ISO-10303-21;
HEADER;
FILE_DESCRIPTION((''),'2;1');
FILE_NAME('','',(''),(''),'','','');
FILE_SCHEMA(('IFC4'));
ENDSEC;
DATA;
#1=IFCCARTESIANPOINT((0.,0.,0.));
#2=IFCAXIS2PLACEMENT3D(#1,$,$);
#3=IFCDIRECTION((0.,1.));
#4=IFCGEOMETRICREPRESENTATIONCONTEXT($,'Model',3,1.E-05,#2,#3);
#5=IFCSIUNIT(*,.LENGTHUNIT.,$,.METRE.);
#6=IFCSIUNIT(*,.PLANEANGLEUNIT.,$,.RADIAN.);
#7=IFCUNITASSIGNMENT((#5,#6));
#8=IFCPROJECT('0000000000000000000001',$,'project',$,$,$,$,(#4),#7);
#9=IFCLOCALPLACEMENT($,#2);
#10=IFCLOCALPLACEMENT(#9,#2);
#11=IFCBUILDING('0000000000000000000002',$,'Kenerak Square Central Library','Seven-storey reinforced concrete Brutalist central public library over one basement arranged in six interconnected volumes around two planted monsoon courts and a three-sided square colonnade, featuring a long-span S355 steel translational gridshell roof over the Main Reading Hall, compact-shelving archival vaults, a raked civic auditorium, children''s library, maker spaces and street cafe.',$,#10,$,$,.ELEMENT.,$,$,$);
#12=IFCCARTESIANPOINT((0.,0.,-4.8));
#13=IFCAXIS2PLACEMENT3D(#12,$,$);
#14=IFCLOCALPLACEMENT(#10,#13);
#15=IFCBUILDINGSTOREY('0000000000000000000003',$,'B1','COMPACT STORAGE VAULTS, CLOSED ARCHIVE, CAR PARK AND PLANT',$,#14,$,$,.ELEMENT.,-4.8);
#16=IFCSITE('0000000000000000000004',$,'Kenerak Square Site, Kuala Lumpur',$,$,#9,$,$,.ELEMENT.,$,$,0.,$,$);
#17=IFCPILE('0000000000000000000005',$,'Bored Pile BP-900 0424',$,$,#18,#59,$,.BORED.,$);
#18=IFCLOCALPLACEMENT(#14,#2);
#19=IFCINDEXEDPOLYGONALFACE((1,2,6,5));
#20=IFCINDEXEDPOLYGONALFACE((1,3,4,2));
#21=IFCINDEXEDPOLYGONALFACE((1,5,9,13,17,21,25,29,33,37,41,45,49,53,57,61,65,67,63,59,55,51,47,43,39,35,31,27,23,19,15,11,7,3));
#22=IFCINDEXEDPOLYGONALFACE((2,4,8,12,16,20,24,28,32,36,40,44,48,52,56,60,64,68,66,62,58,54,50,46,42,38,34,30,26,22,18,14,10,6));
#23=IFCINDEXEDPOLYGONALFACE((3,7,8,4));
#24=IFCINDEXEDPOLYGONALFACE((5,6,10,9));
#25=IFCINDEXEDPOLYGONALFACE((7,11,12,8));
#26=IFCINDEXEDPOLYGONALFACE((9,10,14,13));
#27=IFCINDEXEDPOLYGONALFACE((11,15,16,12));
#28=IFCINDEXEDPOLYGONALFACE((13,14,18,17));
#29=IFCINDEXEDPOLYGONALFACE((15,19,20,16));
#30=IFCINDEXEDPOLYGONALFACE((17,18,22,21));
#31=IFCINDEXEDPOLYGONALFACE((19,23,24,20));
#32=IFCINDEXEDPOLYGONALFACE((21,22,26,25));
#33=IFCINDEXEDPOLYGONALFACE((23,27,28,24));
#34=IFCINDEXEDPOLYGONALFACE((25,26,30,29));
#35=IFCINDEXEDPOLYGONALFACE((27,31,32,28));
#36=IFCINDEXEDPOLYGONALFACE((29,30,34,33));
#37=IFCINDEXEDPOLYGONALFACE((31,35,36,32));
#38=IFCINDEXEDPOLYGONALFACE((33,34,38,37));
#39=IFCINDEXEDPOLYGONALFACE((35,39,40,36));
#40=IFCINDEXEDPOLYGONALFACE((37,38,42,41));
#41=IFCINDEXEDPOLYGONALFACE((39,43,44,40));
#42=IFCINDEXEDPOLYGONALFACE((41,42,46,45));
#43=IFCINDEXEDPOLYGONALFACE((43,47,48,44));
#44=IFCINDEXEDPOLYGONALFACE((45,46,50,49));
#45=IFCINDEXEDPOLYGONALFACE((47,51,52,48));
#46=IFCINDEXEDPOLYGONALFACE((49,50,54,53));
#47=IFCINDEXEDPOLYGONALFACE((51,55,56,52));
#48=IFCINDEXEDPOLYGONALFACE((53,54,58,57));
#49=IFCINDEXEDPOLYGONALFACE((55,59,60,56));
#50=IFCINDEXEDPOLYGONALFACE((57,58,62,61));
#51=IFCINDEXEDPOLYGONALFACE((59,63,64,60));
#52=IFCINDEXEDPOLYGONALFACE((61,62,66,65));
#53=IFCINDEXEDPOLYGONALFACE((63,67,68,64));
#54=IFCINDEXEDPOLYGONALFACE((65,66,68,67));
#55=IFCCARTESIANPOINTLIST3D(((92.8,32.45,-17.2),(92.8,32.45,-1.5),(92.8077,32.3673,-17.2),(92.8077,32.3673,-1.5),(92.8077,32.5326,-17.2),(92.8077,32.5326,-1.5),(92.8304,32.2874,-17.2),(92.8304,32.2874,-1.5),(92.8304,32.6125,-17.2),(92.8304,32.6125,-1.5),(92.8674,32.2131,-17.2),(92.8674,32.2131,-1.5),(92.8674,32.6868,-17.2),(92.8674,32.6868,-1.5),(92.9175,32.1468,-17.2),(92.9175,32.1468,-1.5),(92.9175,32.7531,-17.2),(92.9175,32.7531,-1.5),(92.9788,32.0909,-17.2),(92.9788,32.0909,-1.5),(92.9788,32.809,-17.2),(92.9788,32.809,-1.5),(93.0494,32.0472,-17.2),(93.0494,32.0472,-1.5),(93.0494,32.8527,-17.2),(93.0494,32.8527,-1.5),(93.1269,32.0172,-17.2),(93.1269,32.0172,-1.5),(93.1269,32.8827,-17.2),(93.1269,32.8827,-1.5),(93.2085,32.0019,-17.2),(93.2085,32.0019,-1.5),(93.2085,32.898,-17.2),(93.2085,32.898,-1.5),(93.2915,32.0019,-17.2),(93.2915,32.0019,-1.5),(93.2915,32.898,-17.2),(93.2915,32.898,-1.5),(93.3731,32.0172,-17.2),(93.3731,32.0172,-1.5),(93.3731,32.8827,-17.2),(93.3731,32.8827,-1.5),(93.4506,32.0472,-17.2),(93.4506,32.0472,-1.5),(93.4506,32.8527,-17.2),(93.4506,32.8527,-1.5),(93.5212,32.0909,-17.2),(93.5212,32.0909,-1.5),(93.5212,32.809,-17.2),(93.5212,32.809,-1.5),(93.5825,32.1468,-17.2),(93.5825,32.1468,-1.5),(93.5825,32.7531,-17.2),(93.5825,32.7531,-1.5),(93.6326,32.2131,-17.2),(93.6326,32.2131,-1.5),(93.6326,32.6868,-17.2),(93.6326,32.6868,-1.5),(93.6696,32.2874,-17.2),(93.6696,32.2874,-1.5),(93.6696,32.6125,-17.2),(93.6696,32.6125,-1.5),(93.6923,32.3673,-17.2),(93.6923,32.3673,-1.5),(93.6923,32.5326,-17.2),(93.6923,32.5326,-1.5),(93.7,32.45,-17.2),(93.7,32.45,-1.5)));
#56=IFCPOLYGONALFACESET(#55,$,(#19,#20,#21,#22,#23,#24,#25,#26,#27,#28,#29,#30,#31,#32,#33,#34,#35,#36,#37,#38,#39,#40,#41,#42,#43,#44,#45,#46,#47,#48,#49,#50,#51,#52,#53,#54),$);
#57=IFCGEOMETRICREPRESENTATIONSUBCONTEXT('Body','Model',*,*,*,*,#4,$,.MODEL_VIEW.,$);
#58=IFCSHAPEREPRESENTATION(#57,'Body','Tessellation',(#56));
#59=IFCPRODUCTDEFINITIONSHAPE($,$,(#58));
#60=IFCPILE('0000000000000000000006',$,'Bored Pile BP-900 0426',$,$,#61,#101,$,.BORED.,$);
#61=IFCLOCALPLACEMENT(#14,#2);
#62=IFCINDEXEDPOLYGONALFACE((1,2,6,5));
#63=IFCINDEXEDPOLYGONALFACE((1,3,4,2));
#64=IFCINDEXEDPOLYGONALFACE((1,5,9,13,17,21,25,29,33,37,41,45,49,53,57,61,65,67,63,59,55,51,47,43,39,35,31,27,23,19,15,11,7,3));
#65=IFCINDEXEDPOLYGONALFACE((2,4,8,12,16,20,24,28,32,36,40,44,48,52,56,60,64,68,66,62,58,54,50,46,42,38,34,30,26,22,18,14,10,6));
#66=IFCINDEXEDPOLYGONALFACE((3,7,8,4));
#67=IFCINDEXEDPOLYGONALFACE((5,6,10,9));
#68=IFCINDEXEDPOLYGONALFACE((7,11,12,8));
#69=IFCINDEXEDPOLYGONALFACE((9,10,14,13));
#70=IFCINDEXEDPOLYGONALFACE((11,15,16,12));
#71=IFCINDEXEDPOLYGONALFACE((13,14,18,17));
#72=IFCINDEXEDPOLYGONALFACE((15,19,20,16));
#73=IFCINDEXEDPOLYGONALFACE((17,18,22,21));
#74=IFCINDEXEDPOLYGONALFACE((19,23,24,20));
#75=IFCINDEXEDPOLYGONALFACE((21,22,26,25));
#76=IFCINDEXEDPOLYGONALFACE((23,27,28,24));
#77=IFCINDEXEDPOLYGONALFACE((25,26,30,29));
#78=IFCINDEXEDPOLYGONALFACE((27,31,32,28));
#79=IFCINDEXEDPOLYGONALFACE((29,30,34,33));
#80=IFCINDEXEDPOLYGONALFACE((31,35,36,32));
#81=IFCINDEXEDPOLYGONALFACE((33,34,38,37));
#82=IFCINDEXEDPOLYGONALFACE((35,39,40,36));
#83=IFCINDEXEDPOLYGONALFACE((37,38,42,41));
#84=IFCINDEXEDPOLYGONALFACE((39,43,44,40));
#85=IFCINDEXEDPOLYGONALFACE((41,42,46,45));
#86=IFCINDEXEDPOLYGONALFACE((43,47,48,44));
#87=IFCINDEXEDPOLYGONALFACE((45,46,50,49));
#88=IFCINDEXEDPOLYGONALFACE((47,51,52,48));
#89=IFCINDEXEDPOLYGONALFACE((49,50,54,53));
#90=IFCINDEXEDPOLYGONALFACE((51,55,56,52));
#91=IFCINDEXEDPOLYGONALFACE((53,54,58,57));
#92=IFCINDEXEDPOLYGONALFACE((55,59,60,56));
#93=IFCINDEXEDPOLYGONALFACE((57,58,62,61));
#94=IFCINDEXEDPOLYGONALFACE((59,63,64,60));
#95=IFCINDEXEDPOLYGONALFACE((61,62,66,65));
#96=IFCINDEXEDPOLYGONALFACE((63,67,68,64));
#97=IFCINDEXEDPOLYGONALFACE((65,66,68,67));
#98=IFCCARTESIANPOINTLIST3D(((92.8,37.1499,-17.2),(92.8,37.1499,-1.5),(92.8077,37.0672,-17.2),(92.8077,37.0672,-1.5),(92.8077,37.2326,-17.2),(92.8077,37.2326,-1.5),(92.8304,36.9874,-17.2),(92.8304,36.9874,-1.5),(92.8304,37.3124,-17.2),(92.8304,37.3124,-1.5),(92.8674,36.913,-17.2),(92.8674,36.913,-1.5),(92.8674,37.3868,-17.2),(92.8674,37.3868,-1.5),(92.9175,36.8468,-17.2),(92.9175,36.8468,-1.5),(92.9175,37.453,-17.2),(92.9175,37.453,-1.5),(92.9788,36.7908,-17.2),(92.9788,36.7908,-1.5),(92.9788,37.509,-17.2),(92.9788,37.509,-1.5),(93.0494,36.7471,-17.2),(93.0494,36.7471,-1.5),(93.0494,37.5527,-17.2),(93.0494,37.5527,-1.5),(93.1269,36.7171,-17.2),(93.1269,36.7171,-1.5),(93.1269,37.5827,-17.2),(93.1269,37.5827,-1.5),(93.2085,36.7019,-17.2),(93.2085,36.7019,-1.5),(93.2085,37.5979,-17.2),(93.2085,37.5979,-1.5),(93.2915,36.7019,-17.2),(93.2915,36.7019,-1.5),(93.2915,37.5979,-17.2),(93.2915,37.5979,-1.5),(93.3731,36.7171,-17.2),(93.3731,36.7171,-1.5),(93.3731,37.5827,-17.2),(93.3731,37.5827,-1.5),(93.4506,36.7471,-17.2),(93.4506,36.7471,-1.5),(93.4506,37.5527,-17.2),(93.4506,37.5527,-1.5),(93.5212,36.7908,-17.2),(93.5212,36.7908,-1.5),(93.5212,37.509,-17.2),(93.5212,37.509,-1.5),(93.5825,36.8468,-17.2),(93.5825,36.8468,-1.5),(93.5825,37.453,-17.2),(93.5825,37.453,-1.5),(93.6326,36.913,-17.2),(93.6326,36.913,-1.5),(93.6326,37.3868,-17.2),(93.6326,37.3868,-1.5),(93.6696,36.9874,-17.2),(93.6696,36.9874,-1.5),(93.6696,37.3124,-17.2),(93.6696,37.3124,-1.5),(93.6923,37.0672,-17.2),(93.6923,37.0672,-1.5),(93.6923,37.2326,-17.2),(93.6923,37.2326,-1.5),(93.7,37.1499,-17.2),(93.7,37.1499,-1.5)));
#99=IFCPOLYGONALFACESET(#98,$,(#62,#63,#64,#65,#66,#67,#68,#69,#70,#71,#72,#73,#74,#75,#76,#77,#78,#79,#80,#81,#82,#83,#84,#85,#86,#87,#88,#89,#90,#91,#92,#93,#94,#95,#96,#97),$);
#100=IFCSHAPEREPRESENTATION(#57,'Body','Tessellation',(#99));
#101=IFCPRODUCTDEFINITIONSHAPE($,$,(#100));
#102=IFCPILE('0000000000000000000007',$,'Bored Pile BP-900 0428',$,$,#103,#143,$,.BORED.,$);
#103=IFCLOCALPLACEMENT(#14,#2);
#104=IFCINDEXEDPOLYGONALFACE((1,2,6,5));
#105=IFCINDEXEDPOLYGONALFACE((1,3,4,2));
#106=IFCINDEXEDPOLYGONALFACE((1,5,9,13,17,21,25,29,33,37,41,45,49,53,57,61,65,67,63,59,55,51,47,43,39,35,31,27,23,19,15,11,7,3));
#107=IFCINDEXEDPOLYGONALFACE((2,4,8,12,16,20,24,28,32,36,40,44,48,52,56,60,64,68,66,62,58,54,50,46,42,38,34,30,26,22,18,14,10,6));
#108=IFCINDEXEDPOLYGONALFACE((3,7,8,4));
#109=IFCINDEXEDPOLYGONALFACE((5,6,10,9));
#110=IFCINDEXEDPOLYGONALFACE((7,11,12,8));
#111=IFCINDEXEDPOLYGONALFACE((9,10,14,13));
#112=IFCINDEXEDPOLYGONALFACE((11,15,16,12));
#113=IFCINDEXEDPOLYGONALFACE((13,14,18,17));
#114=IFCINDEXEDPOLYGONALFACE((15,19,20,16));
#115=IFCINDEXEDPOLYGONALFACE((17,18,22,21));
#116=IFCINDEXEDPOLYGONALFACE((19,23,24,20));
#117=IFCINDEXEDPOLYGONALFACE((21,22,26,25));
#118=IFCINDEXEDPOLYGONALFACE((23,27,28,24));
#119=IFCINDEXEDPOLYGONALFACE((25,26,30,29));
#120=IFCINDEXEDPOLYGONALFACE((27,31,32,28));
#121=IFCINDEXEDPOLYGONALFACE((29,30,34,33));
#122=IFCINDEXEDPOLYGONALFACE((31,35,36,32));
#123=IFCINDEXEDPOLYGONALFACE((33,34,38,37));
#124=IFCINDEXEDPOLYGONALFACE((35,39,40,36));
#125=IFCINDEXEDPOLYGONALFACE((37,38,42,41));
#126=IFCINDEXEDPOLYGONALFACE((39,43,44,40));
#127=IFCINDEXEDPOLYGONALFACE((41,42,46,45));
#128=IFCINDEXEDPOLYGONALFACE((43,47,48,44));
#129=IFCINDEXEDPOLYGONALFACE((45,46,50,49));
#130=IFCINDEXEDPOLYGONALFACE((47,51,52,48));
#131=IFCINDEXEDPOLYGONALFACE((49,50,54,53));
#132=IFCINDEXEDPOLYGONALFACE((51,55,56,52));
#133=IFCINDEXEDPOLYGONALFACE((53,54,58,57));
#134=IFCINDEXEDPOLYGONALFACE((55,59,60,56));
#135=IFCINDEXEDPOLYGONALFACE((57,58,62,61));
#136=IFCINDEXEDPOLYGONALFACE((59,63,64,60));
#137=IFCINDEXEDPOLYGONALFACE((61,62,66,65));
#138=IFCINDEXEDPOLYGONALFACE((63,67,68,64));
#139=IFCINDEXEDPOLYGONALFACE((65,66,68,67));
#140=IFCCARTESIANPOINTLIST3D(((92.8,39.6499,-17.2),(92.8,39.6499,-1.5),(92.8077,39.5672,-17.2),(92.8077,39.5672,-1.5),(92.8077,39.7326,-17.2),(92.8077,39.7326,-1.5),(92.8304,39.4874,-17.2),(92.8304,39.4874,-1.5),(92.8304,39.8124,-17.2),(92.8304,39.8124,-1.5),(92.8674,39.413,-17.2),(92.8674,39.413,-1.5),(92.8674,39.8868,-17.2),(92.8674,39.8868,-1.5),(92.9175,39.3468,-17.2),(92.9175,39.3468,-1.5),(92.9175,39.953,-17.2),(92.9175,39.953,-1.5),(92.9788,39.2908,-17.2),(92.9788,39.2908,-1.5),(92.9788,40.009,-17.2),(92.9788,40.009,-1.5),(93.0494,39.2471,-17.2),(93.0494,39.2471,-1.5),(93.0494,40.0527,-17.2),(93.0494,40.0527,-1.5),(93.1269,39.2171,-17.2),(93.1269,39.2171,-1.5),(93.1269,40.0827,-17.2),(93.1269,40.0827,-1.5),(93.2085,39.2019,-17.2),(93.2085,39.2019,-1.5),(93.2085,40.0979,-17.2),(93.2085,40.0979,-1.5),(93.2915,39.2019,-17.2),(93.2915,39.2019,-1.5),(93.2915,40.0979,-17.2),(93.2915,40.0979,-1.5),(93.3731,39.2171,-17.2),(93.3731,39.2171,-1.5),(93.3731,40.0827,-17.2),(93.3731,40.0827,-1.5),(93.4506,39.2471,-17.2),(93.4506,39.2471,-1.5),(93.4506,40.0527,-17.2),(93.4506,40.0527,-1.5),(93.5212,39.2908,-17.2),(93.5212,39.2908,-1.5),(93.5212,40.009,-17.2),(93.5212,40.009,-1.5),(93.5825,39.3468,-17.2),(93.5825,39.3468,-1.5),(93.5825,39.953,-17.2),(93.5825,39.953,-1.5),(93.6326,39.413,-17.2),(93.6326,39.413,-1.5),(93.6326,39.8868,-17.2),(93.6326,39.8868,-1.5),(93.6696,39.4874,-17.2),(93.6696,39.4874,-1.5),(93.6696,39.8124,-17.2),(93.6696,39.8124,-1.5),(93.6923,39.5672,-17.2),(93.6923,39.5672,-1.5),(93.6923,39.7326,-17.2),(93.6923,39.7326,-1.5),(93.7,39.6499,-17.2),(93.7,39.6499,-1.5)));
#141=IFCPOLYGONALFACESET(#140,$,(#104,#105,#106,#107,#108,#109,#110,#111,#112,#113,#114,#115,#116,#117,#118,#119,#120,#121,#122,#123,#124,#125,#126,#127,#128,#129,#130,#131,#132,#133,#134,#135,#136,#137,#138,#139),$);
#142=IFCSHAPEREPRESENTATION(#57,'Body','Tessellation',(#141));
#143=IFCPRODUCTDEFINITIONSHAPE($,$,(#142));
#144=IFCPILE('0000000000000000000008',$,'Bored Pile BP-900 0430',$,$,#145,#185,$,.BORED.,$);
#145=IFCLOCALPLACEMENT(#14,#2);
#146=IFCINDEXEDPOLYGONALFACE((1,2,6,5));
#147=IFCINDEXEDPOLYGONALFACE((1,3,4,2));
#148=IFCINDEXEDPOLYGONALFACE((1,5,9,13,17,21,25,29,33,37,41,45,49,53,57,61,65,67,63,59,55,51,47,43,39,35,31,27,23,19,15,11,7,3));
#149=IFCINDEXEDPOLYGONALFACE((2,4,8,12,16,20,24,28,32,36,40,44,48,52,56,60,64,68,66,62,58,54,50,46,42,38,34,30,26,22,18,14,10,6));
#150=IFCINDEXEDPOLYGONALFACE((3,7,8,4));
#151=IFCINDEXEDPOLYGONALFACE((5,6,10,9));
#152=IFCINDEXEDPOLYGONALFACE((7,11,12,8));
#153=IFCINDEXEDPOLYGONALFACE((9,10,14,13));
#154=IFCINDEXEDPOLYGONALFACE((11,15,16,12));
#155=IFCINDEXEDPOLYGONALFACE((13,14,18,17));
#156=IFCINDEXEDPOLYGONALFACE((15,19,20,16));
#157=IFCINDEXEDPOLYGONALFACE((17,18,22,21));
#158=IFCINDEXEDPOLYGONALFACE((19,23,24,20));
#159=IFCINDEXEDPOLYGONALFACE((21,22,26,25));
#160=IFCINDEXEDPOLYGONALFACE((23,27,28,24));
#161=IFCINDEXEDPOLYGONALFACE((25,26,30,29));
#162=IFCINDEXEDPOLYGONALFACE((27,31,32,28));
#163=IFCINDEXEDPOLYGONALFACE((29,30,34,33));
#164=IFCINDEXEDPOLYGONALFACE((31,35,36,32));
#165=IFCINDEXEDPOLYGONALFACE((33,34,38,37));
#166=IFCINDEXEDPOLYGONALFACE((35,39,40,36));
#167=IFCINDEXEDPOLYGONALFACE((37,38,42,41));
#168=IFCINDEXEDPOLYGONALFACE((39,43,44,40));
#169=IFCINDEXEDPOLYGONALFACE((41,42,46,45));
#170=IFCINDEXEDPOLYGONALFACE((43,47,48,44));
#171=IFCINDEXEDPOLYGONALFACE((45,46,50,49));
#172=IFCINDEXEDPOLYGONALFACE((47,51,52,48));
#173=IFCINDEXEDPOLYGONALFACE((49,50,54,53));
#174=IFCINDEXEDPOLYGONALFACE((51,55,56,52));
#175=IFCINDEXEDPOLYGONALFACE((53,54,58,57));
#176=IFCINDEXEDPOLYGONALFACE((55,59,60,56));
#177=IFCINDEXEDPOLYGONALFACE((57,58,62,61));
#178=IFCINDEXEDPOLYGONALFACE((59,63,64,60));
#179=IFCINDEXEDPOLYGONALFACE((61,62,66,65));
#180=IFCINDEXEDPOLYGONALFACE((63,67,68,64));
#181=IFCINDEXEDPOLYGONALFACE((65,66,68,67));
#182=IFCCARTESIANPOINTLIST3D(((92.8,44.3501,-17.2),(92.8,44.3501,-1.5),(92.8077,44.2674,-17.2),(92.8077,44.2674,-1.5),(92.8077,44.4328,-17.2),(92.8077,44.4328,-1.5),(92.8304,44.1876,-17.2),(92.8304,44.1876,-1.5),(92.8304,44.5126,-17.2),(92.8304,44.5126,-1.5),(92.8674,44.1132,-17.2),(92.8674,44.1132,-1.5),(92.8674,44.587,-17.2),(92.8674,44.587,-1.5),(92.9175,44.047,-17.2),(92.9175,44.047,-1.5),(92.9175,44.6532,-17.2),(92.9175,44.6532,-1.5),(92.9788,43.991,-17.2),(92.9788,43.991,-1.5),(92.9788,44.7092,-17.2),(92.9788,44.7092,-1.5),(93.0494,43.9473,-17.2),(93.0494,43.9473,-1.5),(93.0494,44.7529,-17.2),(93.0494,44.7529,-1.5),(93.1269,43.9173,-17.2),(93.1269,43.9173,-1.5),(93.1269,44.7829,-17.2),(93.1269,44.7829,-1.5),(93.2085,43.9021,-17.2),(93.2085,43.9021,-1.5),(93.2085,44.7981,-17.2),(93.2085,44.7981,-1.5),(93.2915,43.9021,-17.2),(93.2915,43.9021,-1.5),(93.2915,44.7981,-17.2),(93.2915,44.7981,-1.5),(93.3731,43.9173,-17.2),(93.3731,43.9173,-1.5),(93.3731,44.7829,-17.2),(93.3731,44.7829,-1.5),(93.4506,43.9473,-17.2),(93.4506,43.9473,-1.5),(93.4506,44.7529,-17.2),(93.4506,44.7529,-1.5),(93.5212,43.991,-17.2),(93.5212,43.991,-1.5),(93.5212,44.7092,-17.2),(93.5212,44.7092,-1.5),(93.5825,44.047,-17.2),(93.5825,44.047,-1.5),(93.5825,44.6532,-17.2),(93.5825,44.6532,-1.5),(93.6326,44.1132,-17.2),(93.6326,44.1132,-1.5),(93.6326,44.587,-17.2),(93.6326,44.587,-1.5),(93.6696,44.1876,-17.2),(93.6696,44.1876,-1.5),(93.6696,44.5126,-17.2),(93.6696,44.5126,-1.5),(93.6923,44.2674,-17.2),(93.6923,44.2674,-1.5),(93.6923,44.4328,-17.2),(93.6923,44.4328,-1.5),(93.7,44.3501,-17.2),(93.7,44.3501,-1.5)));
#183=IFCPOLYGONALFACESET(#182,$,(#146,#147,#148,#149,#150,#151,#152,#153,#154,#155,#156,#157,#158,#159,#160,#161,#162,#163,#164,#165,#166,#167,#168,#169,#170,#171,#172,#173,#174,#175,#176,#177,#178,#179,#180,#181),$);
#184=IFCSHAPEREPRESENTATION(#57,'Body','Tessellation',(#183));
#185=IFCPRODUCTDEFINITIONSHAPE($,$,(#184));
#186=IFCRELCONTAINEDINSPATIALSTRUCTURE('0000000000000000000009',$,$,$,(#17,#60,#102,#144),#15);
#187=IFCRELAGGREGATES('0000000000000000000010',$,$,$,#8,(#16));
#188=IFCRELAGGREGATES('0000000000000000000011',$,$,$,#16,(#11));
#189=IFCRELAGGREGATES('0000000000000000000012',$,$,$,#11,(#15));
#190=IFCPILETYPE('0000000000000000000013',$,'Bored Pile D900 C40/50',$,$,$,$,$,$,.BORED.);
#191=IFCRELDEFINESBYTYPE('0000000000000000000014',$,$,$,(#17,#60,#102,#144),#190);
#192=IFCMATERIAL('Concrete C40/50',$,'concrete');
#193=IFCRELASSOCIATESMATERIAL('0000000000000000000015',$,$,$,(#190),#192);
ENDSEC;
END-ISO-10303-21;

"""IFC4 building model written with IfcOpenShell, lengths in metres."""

from ifc_helpers import new_model, si_unit, direction, frame, origin, origin_2d, place, context, subcontext, project, spatial, circle, extrude, material, material_profile, profile_set, type_object, element, save


model = new_model("IFC4")

# Units and contexts
model_context = context("Model", 3, precision=1e-05, world=origin(), true_north=direction((0.0, 1.0)))
body_context = subcontext(model_context, "Body", "Model", "MODEL_VIEW")
ifc_project = project(units=[si_unit("LENGTHUNIT", "METRE"), si_unit("PLANEANGLEUNIT", "RADIAN")], contexts=[model_context])

# Site, building, storey
site_placement = place(None, origin())
site = spatial("IfcSite", under=ifc_project, at=site_placement, Name="Kenerak Square Site, Kuala Lumpur", CompositionType="ELEMENT", RefElevation=0.0)
building_placement = place(site_placement, origin())
building = spatial("IfcBuilding", under=site, at=building_placement, Name="Kenerak Square Central Library", Description="Seven-storey reinforced concrete Brutalist central public library over one basement arranged in six interconnected volumes around two planted monsoon courts and a three-sided square colonnade, featuring a long-span S355 steel translational gridshell roof over the Main Reading Hall, compact-shelving archival vaults, a raked civic auditorium, children's library, maker spaces and street cafe.", CompositionType="ELEMENT")
storey_placement = place(building_placement, frame((0.0, 0.0, -4.8)))
storey = spatial("IfcBuildingStorey", under=building, at=storey_placement, Name="B1", Description="COMPACT STORAGE VAULTS, CLOSED ARCHIVE, CAR PARK AND PLANT", CompositionType="ELEMENT", Elevation=-4.8)

# Piles
ifc_material_1 = material(Name="Concrete C40/50", Category="concrete")
ifc_material_profile_1 = material_profile(ifc_material_1, circle(Radius=0.45, at=origin_2d()), Name="BP D900")
ifc_profile_set_1 = profile_set([ifc_material_profile_1], Name="Concrete C40/50")
pile_type = type_object("IfcPileType", Name="Bored Pile D900 C40/50", PredefinedType="BORED", material=ifc_profile_set_1)
for number, where, z_axis, x_axis, name in (
    (1, (93.25, 32.45, -1.5), (0.0, 0.0, -1.0), (1.0, 0.0, 0.0), "Bored Pile BP-900 0424"),
    (2, (93.25, 37.1499, -1.5), (0.0, 0.0, -1.0), (1.0, 0.0, 0.0), "Bored Pile BP-900 0426"),
    (3, (93.25, 39.6499, -1.5), (0.0, 0.0, -1.0), (1.0, 0.0, 0.0), "Bored Pile BP-900 0428"),
    (4, (93.25, 44.3501, -1.5), (0.0, 0.0, -1.0), (1.0, 0.0, 0.0), "Bored Pile BP-900 0430"),
):
    element("IfcPile", number, at=place(storey_placement, frame(where, z_axis=z_axis, x_axis=x_axis)), inside=storey, type_object=pile_type, Name=name, PredefinedType="BORED", context=body_context, shape_type="SweptSolid", body=[
        extrude(circle(Radius=0.45, at=origin_2d()), origin(), (0.0, 0.0, 1.0), 15.7),
    ])

save(model, "model.ifc")
